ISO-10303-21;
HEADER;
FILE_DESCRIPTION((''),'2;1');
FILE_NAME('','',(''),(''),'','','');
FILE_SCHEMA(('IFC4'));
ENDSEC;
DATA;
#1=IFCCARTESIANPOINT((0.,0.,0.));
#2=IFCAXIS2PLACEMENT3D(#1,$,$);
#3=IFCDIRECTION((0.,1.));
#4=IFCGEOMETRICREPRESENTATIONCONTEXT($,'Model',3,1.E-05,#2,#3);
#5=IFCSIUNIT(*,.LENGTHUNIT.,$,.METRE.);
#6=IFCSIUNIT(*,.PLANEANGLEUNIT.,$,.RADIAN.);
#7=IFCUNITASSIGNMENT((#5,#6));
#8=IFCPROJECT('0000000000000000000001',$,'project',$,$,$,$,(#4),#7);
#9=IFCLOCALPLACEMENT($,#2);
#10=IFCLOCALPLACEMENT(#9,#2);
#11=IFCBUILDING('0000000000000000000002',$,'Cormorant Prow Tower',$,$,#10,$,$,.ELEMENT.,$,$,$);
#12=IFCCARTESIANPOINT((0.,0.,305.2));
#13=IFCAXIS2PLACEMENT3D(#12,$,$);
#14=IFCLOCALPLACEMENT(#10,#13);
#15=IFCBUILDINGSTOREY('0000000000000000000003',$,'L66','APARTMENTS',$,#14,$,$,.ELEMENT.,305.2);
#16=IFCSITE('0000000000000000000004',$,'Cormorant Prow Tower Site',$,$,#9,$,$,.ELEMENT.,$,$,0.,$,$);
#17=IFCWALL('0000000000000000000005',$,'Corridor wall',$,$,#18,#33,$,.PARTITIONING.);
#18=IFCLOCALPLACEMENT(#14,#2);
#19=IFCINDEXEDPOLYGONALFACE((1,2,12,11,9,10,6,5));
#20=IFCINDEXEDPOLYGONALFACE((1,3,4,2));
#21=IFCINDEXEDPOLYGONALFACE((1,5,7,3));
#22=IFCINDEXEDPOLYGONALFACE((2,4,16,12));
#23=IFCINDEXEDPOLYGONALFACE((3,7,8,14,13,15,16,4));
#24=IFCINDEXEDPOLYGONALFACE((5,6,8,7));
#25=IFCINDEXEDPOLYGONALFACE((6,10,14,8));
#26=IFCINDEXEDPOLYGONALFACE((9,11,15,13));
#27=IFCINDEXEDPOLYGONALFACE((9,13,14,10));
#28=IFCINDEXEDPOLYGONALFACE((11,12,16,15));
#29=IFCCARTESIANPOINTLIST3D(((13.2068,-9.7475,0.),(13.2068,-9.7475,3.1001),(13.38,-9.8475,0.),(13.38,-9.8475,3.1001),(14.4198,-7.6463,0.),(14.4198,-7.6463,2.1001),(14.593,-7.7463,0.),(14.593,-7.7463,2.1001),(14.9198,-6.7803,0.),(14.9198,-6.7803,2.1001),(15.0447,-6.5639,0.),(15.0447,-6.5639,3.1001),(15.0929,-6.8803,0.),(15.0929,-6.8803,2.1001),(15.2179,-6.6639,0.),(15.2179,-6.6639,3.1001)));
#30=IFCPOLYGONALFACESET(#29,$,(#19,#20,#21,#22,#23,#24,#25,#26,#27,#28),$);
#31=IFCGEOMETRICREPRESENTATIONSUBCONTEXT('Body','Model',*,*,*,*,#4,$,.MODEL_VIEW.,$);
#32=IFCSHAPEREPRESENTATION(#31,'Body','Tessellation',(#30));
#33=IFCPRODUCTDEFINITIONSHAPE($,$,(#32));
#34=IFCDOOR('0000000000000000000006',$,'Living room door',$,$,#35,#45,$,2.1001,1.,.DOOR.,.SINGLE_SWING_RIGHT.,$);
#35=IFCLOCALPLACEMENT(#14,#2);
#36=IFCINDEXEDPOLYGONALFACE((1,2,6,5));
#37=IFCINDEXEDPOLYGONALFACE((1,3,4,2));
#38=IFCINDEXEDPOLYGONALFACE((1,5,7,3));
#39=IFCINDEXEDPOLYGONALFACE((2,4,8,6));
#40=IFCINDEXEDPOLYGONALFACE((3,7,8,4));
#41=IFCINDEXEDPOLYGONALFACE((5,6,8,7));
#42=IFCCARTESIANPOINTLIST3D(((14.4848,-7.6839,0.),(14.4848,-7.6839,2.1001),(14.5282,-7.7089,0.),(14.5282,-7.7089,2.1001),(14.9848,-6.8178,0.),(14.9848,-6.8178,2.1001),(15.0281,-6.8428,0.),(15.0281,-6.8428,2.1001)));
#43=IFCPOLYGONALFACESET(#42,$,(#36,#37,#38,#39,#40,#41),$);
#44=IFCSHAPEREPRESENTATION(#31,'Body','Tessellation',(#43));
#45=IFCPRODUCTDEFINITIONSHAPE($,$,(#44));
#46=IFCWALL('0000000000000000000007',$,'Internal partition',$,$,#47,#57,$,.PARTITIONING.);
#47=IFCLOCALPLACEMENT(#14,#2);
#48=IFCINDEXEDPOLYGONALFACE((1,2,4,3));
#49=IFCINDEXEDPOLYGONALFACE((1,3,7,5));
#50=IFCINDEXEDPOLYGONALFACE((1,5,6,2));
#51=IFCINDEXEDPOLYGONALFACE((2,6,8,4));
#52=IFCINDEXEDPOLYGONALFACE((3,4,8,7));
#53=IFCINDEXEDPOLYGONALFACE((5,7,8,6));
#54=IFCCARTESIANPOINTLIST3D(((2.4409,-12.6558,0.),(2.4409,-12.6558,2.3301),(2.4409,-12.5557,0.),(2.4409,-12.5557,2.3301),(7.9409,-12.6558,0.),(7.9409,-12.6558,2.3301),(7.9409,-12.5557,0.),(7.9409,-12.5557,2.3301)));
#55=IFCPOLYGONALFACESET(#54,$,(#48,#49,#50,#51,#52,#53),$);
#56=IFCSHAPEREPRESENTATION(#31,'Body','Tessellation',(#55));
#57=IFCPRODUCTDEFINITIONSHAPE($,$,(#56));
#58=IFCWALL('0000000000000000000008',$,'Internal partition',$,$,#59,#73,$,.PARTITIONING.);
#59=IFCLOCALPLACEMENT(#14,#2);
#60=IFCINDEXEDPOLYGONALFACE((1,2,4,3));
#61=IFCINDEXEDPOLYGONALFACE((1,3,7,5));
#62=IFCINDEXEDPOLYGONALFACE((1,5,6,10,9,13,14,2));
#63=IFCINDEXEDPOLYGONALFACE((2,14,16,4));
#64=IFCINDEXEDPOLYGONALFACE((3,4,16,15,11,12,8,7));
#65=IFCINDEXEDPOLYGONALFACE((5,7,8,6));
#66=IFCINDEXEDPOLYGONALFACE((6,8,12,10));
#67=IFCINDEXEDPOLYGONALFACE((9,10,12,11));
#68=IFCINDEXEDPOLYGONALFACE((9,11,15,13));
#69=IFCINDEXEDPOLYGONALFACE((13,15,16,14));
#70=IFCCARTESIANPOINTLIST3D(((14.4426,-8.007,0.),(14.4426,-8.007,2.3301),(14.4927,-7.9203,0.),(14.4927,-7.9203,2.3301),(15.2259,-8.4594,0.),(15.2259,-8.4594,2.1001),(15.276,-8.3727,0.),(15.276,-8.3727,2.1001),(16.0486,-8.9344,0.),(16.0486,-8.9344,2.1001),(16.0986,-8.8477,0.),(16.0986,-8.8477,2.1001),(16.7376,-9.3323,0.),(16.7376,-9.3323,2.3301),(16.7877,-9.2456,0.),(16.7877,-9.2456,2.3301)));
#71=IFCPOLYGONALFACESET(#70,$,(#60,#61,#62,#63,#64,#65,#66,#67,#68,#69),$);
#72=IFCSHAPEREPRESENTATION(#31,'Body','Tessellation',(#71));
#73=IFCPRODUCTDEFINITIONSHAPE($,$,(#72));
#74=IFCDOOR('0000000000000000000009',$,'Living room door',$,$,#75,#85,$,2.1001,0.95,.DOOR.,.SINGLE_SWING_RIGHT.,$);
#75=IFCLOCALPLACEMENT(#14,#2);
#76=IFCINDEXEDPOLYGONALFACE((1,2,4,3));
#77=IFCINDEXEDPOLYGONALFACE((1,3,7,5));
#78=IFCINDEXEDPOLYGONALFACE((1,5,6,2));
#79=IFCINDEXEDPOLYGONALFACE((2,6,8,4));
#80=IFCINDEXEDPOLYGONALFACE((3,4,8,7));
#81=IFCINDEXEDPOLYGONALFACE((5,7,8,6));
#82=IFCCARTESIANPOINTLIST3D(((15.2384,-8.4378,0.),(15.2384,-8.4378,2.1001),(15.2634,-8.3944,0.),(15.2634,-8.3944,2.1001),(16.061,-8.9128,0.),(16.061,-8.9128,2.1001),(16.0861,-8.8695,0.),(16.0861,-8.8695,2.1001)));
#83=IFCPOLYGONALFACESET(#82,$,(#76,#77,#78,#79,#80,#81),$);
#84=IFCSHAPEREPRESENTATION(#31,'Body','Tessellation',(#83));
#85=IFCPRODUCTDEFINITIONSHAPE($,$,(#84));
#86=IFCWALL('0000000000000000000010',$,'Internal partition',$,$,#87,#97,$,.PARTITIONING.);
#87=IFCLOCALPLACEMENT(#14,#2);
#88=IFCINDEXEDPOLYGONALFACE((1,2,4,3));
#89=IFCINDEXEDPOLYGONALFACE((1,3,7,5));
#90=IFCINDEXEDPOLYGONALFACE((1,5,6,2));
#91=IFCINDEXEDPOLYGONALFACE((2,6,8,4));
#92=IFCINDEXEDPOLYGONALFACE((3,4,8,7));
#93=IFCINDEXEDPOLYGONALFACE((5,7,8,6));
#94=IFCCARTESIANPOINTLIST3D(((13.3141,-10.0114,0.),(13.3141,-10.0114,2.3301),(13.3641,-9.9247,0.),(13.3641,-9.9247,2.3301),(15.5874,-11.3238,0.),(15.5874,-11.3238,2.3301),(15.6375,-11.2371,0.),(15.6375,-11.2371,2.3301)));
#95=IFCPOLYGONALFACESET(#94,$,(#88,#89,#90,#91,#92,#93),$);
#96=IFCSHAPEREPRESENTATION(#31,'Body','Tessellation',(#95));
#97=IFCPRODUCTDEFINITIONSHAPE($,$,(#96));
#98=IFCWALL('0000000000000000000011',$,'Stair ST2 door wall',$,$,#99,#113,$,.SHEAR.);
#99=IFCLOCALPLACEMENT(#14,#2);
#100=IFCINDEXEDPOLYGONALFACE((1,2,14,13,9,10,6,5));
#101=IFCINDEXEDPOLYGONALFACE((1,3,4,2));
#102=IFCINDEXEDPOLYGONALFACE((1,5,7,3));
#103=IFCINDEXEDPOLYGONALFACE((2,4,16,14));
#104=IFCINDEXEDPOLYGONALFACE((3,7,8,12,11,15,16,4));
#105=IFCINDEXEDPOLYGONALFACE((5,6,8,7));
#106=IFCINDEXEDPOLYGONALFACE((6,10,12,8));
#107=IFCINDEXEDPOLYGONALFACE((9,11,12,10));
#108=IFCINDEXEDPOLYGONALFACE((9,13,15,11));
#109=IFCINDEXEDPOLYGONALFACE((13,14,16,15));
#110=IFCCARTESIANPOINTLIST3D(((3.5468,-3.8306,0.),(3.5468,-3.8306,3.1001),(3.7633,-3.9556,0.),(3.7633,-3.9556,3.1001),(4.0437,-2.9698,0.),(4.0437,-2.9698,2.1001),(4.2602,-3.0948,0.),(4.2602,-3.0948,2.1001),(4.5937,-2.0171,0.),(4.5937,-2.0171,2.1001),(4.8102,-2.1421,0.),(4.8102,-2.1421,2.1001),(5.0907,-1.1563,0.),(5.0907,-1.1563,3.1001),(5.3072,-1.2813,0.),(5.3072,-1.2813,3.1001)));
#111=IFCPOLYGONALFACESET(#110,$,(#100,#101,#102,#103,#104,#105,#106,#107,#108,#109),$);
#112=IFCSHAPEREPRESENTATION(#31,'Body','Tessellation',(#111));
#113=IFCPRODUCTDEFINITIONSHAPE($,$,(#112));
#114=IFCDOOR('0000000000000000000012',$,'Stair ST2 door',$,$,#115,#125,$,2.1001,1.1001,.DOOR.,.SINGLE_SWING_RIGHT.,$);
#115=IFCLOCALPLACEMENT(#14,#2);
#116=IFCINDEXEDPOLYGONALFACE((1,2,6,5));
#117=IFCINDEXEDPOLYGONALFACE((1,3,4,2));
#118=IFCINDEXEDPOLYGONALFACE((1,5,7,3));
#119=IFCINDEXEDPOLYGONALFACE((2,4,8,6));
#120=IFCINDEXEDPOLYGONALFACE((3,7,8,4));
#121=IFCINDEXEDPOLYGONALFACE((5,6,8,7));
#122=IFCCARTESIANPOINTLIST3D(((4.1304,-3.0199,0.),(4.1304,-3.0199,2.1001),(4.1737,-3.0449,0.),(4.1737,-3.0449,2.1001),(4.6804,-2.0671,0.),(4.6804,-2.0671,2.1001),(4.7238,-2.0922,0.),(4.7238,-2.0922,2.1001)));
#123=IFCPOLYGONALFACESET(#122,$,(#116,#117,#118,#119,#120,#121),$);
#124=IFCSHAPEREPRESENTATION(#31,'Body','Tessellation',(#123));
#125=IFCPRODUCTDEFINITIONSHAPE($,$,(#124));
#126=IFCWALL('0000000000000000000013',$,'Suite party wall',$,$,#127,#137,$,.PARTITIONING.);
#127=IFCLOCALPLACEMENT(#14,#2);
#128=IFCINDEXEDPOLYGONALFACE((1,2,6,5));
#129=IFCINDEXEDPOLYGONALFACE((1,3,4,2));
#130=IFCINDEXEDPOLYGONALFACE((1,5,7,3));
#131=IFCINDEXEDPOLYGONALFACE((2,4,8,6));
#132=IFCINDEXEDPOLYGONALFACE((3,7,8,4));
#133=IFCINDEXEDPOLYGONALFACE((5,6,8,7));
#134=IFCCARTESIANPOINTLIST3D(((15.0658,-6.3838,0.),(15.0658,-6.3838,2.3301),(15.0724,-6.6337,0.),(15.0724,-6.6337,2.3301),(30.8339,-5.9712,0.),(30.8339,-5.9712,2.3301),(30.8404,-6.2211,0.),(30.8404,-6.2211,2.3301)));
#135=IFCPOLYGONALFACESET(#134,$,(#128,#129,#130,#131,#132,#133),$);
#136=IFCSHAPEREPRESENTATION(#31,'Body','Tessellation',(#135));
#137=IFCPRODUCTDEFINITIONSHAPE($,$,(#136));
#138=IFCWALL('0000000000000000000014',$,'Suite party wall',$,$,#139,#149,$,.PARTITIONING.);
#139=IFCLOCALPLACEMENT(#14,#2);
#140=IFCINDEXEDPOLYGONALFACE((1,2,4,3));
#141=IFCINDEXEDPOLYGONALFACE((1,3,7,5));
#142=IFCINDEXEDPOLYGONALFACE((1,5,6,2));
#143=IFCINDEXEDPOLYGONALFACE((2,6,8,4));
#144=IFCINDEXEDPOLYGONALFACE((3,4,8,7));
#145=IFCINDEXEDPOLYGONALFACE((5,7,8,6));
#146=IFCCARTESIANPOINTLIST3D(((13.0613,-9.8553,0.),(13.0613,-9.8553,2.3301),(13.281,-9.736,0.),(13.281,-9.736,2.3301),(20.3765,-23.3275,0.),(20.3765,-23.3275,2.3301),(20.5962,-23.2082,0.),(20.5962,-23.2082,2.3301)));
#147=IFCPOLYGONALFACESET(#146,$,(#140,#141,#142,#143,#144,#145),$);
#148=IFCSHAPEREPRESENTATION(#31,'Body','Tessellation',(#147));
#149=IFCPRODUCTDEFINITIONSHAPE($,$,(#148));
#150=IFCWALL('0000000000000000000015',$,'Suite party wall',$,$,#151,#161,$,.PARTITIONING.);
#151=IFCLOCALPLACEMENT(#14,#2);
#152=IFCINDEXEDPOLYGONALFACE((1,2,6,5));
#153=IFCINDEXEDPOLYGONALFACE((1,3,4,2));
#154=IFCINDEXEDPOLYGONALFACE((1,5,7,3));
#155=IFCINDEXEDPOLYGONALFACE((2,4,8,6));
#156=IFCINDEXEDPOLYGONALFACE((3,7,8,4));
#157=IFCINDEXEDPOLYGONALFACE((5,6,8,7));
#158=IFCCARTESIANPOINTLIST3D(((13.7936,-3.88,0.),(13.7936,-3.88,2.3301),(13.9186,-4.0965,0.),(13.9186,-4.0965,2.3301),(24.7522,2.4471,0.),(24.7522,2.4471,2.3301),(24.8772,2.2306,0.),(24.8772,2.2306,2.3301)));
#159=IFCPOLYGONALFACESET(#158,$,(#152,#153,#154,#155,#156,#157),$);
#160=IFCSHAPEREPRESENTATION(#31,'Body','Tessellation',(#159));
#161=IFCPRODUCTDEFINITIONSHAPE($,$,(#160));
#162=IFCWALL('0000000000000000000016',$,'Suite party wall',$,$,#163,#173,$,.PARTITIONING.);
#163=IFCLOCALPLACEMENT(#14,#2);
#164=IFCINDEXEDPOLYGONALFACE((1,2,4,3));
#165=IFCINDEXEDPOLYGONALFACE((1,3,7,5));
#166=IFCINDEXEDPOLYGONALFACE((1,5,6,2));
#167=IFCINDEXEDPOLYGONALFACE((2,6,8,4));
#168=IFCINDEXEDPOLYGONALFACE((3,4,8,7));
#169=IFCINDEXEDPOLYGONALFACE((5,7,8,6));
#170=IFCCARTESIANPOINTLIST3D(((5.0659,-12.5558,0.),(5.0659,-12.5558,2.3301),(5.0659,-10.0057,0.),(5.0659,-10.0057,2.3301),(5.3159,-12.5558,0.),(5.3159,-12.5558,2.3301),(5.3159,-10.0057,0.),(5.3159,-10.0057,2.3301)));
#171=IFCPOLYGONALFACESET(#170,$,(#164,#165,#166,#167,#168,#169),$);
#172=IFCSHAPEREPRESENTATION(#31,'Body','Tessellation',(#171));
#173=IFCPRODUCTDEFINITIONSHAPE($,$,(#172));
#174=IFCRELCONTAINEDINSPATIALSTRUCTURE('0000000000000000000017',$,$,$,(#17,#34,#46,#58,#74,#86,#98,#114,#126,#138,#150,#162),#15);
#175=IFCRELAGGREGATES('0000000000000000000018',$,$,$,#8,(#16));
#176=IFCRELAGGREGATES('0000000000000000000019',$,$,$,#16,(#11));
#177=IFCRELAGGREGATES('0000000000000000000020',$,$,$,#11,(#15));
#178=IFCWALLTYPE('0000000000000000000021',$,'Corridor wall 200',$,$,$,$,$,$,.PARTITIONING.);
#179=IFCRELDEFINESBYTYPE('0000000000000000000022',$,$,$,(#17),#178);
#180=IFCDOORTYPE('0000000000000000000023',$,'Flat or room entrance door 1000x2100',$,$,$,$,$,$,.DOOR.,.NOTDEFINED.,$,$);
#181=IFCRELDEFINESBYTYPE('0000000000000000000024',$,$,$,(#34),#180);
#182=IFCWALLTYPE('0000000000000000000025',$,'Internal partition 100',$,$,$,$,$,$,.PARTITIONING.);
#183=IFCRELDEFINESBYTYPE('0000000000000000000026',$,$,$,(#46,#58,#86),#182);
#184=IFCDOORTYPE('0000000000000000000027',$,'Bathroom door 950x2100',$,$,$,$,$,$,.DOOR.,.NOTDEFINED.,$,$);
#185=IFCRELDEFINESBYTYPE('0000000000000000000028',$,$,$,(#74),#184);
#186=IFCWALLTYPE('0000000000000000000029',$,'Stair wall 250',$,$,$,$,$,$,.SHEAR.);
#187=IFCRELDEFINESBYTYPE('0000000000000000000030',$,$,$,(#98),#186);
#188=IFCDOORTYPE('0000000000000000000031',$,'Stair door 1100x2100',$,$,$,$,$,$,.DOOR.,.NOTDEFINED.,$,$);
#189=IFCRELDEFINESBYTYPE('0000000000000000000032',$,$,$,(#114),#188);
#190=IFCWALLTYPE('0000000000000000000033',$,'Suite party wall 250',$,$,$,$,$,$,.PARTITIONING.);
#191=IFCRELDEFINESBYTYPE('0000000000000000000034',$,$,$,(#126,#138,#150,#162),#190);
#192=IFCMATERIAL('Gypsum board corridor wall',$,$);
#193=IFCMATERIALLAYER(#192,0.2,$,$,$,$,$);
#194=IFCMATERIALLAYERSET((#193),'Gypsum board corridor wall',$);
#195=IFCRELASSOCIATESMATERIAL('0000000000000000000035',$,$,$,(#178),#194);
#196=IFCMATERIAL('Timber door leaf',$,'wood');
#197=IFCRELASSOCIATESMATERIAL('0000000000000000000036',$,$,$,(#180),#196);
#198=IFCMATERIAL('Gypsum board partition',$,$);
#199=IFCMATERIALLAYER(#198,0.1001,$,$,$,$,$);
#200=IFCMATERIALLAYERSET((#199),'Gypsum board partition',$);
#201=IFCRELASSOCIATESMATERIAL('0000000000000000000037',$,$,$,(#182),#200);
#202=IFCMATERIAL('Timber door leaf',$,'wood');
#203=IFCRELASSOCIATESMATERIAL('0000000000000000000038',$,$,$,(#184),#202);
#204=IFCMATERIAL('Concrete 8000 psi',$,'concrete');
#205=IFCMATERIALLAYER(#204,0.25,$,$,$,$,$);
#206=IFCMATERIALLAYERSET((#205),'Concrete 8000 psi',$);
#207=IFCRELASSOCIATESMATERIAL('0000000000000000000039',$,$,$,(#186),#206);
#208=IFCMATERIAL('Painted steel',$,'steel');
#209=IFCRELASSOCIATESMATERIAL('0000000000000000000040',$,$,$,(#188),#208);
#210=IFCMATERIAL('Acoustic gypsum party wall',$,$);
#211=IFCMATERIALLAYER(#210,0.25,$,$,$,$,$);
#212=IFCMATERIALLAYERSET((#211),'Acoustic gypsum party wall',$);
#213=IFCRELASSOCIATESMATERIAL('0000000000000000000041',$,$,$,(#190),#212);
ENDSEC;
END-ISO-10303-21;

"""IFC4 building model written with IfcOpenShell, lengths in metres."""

from ifc_helpers import new_model, si_unit, direction, frame, frame_2d, origin, place, context, subcontext, project, spatial, rectangle, extrude, material, layer, layer_set, type_object, element, fill, save


model = new_model("IFC4")

# Units and contexts
model_context = context("Model", 3, precision=1e-05, world=origin(), true_north=direction((0.0, 1.0)))
body_context = subcontext(model_context, "Body", "Model", "MODEL_VIEW")
ifc_project = project(units=[si_unit("LENGTHUNIT", "METRE"), si_unit("PLANEANGLEUNIT", "RADIAN")], contexts=[model_context])

# Site, building, storey
site_placement = place(None, origin())
site = spatial("IfcSite", under=ifc_project, at=site_placement, Name="Cormorant Prow Tower Site", CompositionType="ELEMENT", RefElevation=0.0)
building_placement = place(site_placement, origin())
building = spatial("IfcBuilding", under=site, at=building_placement, Name="Cormorant Prow Tower", CompositionType="ELEMENT")
storey_placement = place(building_placement, frame((0.0, 0.0, 305.2)))
storey = spatial("IfcBuildingStorey", under=building, at=storey_placement, Name="L66", Description="APARTMENTS", CompositionType="ELEMENT", Elevation=305.2)

# Shared definitions
ifc_material_1 = material(Name="Gypsum board corridor wall")
ifc_layer_1 = layer(ifc_material_1, 0.2)
ifc_layer_set_1 = layer_set([ifc_layer_1], Name="Gypsum board corridor wall")
wall_type_1 = type_object("IfcWallType", Name="Corridor wall 200", PredefinedType="PARTITIONING", material=ifc_layer_set_1)
ifc_material_2 = material(Name="Timber door leaf", Category="wood")
door_type_1 = type_object("IfcDoorType", Name="Flat or room entrance door 1000x2100", OperationType="NOTDEFINED", PredefinedType="DOOR", material=ifc_material_2)

# Wall, opening, door
wall_1_placement = place(storey_placement, frame((13.2935, -9.7974, 0.0), z_axis=(0.0, 0.0, 1.0), x_axis=(0.499968, 0.866044, 0.0)))
wall_1 = element("IfcWall", 1, at=wall_1_placement, inside=storey, type_object=wall_type_1, Name="Corridor wall", PredefinedType="PARTITIONING", context=body_context, shape_type="SweptSolid", body=[
    extrude(rectangle(XDim=3.676, YDim=0.2, at=frame_2d((1.8379, 0.0))), origin(), (0.0, 0.0, 1.0), 3.1001),
])
opening_1_placement = place(wall_1_placement, frame((2.426, 0.0, 0.0)))
opening_1 = element("IfcOpeningElement", 2, at=opening_1_placement, cuts=wall_1, PredefinedType="OPENING", context=body_context, shape_type="SweptSolid", body=[
    extrude(rectangle(XDim=1.0, YDim=2.1001, at=frame_2d((0.5, 1.05))), frame((0.0, 0.1099, 0.0), z_axis=(0.0, -1.0, 0.0), x_axis=(1.0, 0.0, 0.0)), (0.0, 0.0, 1.0), 0.22),
])
door_1_placement = place(opening_1_placement, origin())
door_1 = element("IfcDoor", 3, at=door_1_placement, inside=storey, type_object=door_type_1, Name="Living room door", OperationType="SINGLE_SWING_RIGHT", OverallHeight=2.1001, OverallWidth=1.0, PredefinedType="DOOR", context=body_context, shape_type="SweptSolid", body=[
    extrude(rectangle(XDim=1.0, YDim=2.1001, at=frame_2d((0.5, 1.05))), frame((0.0, 0.0249, 0.0), z_axis=(0.0, -1.0, 0.0), x_axis=(1.0, 0.0, 0.0)), (0.0, 0.0, 1.0), 0.05),
])
fill(opening_1, door_1)

# Wall
ifc_material_3 = material(Name="Gypsum board partition")
ifc_layer_2 = layer(ifc_material_3, 0.1001)
ifc_layer_set_2 = layer_set([ifc_layer_2], Name="Gypsum board partition")
wall_type_2 = type_object("IfcWallType", Name="Internal partition 100", PredefinedType="PARTITIONING", material=ifc_layer_set_2)
wall_2_placement = place(storey_placement, frame((2.4409, -12.6057, 0.0), z_axis=(0.0, 0.0, 1.0), x_axis=(1.0, 0.0, 0.0)))
element("IfcWall", 4, at=wall_2_placement, inside=storey, type_object=wall_type_2, Name="Internal partition", PredefinedType="PARTITIONING", context=body_context, shape_type="SweptSolid", body=[
    extrude(rectangle(XDim=5.5, YDim=0.1001, at=frame_2d((2.75, 0.0))), origin(), (0.0, 0.0, 1.0), 2.3301),
])

# Wall, opening, door
wall_3_placement = place(storey_placement, frame((14.4675, -7.9636, 0.0), z_axis=(0.0, 0.0, 1.0), x_axis=(0.865989, -0.500063, 0.0)))
wall_3 = element("IfcWall", 5, at=wall_3_placement, inside=storey, type_object=wall_type_2, Name="Internal partition", PredefinedType="PARTITIONING", context=body_context, shape_type="SweptSolid", body=[
    extrude(rectangle(XDim=2.6501, YDim=0.1001, at=frame_2d((1.3252, 0.0))), origin(), (0.0, 0.0, 1.0), 2.3301),
])
opening_2_placement = place(wall_3_placement, frame((0.9045, 0.0, 0.0)))
opening_2 = element("IfcOpeningElement", 6, at=opening_2_placement, cuts=wall_3, PredefinedType="OPENING", context=body_context, shape_type="SweptSolid", body=[
    extrude(rectangle(XDim=0.95, YDim=2.1001, at=frame_2d((0.4751, 1.05))), frame((0.0, 0.0601, 0.0), z_axis=(0.0, -1.0, 0.0), x_axis=(1.0, 0.0, 0.0)), (0.0, 0.0, 1.0), 0.1201),
])
ifc_material_4 = material(Name="Timber door leaf", Category="wood")
door_type_2 = type_object("IfcDoorType", Name="Bathroom door 950x2100", OperationType="NOTDEFINED", PredefinedType="DOOR", material=ifc_material_4)
door_2_placement = place(opening_2_placement, origin())
door_2 = element("IfcDoor", 7, at=door_2_placement, inside=storey, type_object=door_type_2, Name="Living room door", OperationType="SINGLE_SWING_RIGHT", OverallHeight=2.1001, OverallWidth=0.95, PredefinedType="DOOR", context=body_context, shape_type="SweptSolid", body=[
    extrude(rectangle(XDim=0.95, YDim=2.1001, at=frame_2d((0.4751, 1.05))), frame((0.0, 0.0249, 0.0), z_axis=(0.0, -1.0, 0.0), x_axis=(1.0, 0.0, 0.0)), (0.0, 0.0, 1.0), 0.05),
])
fill(opening_2, door_2)

# Wall
wall_4_placement = place(storey_placement, frame((13.3391, -9.968, 0.0), z_axis=(0.0, 0.0, 1.0), x_axis=(0.866037, -0.49998, 0.0)))
element("IfcWall", 8, at=wall_4_placement, inside=storey, type_object=wall_type_2, Name="Internal partition", PredefinedType="PARTITIONING", context=body_context, shape_type="SweptSolid", body=[
    extrude(rectangle(XDim=2.625, YDim=0.1001, at=frame_2d((1.3125, 0.0))), origin(), (0.0, 0.0, 1.0), 2.3301),
])

# Wall, opening, door
ifc_material_5 = material(Name="Concrete 8000 psi", Category="concrete")
ifc_layer_3 = layer(ifc_material_5, 0.25)
ifc_layer_set_3 = layer_set([ifc_layer_3], Name="Concrete 8000 psi")
wall_type_3 = type_object("IfcWallType", Name="Stair wall 250", PredefinedType="SHEAR", material=ifc_layer_set_3)
wall_5_placement = place(storey_placement, frame((3.655, -3.8931, 0.0), z_axis=(0.0, 0.0, 1.0), x_axis=(0.499983, 0.866035, 0.0)))
wall_5 = element("IfcWall", 9, at=wall_5_placement, inside=storey, type_object=wall_type_3, Name="Stair ST2 door wall", PredefinedType="SHEAR", context=body_context, shape_type="SweptSolid", body=[
    extrude(rectangle(XDim=3.0879, YDim=0.25, at=frame_2d((1.5439, 0.0))), origin(), (0.0, 0.0, 1.0), 3.1001),
])
opening_3_placement = place(wall_5_placement, frame((0.9939, 0.0, 0.0)))
opening_3 = element("IfcOpeningElement", 10, at=opening_3_placement, cuts=wall_5, PredefinedType="OPENING", context=body_context, shape_type="SweptSolid", body=[
    extrude(rectangle(XDim=1.1001, YDim=2.1001, at=frame_2d((0.55, 1.05))), frame((0.0, 0.135, 0.0), z_axis=(0.0, -1.0, 0.0), x_axis=(1.0, 0.0, 0.0)), (0.0, 0.0, 1.0), 0.27),
])
ifc_material_6 = material(Name="Painted steel", Category="steel")
door_type_3 = type_object("IfcDoorType", Name="Stair door 1100x2100", OperationType="NOTDEFINED", PredefinedType="DOOR", material=ifc_material_6)
door_3_placement = place(opening_3_placement, origin())
door_3 = element("IfcDoor", 11, at=door_3_placement, inside=storey, type_object=door_type_3, Name="Stair ST2 door", OperationType="SINGLE_SWING_RIGHT", OverallHeight=2.1001, OverallWidth=1.1001, PredefinedType="DOOR", context=body_context, shape_type="SweptSolid", body=[
    extrude(rectangle(XDim=1.1001, YDim=2.1001, at=frame_2d((0.55, 1.05))), frame((0.0, 0.0249, 0.0), z_axis=(0.0, -1.0, 0.0), x_axis=(1.0, 0.0, 0.0)), (0.0, 0.0, 1.0), 0.05),
])
fill(opening_3, door_3)

# Walls
ifc_material_7 = material(Name="Acoustic gypsum party wall")
ifc_layer_4 = layer(ifc_material_7, 0.25)
ifc_layer_set_4 = layer_set([ifc_layer_4], Name="Acoustic gypsum party wall")
wall_type_4 = type_object("IfcWallType", Name="Suite party wall 250", PredefinedType="PARTITIONING", material=ifc_layer_set_4)
wall_6_placement = place(storey_placement, frame((15.0691, -6.5088, 0.0), z_axis=(0.0, 0.0, 1.0), x_axis=(0.999658, 0.026158, 0.0)))
element("IfcWall", 12, at=wall_6_placement, inside=storey, type_object=wall_type_4, Name="Suite party wall", PredefinedType="PARTITIONING", context=body_context, shape_type="SweptSolid", body=[
    extrude(rectangle(XDim=15.7734, YDim=0.25, at=frame_2d((7.8867, 0.0))), origin(), (0.0, 0.0, 1.0), 2.3301),
])
wall_7_placement = place(storey_placement, frame((13.1711, -9.7957, 0.0), z_axis=(0.0, 0.0, 1.0), x_axis=(0.477179, -0.878806, 0.0)))
element("IfcWall", 13, at=wall_7_placement, inside=storey, type_object=wall_type_4, Name="Suite party wall", PredefinedType="PARTITIONING", context=body_context, shape_type="SweptSolid", body=[
    extrude(rectangle(XDim=15.3301, YDim=0.25, at=frame_2d((7.665, 0.0))), origin(), (0.0, 0.0, 1.0), 2.3301),
])
wall_8_placement = place(storey_placement, frame((13.856, -3.9883, 0.0), z_axis=(0.0, 0.0, 1.0), x_axis=(0.866021, 0.500007, 0.0)))
element("IfcWall", 14, at=wall_8_placement, inside=storey, type_object=wall_type_4, Name="Suite party wall", PredefinedType="PARTITIONING", context=body_context, shape_type="SweptSolid", body=[
    extrude(rectangle(XDim=12.6541, YDim=0.25, at=frame_2d((6.3271, 0.0))), origin(), (0.0, 0.0, 1.0), 2.3301),
])
wall_9_placement = place(storey_placement, frame((5.1909, -12.5557, 0.0), z_axis=(0.0, 0.0, 1.0), x_axis=(0.0, 1.0, 0.0)))
element("IfcWall", 15, at=wall_9_placement, inside=storey, type_object=wall_type_4, Name="Suite party wall", PredefinedType="PARTITIONING", context=body_context, shape_type="SweptSolid", body=[
    extrude(rectangle(XDim=2.55, YDim=0.25, at=frame_2d((1.2749, 0.0))), origin(), (0.0, 0.0, 1.0), 2.3301),
])

save(model, "model.ifc")
